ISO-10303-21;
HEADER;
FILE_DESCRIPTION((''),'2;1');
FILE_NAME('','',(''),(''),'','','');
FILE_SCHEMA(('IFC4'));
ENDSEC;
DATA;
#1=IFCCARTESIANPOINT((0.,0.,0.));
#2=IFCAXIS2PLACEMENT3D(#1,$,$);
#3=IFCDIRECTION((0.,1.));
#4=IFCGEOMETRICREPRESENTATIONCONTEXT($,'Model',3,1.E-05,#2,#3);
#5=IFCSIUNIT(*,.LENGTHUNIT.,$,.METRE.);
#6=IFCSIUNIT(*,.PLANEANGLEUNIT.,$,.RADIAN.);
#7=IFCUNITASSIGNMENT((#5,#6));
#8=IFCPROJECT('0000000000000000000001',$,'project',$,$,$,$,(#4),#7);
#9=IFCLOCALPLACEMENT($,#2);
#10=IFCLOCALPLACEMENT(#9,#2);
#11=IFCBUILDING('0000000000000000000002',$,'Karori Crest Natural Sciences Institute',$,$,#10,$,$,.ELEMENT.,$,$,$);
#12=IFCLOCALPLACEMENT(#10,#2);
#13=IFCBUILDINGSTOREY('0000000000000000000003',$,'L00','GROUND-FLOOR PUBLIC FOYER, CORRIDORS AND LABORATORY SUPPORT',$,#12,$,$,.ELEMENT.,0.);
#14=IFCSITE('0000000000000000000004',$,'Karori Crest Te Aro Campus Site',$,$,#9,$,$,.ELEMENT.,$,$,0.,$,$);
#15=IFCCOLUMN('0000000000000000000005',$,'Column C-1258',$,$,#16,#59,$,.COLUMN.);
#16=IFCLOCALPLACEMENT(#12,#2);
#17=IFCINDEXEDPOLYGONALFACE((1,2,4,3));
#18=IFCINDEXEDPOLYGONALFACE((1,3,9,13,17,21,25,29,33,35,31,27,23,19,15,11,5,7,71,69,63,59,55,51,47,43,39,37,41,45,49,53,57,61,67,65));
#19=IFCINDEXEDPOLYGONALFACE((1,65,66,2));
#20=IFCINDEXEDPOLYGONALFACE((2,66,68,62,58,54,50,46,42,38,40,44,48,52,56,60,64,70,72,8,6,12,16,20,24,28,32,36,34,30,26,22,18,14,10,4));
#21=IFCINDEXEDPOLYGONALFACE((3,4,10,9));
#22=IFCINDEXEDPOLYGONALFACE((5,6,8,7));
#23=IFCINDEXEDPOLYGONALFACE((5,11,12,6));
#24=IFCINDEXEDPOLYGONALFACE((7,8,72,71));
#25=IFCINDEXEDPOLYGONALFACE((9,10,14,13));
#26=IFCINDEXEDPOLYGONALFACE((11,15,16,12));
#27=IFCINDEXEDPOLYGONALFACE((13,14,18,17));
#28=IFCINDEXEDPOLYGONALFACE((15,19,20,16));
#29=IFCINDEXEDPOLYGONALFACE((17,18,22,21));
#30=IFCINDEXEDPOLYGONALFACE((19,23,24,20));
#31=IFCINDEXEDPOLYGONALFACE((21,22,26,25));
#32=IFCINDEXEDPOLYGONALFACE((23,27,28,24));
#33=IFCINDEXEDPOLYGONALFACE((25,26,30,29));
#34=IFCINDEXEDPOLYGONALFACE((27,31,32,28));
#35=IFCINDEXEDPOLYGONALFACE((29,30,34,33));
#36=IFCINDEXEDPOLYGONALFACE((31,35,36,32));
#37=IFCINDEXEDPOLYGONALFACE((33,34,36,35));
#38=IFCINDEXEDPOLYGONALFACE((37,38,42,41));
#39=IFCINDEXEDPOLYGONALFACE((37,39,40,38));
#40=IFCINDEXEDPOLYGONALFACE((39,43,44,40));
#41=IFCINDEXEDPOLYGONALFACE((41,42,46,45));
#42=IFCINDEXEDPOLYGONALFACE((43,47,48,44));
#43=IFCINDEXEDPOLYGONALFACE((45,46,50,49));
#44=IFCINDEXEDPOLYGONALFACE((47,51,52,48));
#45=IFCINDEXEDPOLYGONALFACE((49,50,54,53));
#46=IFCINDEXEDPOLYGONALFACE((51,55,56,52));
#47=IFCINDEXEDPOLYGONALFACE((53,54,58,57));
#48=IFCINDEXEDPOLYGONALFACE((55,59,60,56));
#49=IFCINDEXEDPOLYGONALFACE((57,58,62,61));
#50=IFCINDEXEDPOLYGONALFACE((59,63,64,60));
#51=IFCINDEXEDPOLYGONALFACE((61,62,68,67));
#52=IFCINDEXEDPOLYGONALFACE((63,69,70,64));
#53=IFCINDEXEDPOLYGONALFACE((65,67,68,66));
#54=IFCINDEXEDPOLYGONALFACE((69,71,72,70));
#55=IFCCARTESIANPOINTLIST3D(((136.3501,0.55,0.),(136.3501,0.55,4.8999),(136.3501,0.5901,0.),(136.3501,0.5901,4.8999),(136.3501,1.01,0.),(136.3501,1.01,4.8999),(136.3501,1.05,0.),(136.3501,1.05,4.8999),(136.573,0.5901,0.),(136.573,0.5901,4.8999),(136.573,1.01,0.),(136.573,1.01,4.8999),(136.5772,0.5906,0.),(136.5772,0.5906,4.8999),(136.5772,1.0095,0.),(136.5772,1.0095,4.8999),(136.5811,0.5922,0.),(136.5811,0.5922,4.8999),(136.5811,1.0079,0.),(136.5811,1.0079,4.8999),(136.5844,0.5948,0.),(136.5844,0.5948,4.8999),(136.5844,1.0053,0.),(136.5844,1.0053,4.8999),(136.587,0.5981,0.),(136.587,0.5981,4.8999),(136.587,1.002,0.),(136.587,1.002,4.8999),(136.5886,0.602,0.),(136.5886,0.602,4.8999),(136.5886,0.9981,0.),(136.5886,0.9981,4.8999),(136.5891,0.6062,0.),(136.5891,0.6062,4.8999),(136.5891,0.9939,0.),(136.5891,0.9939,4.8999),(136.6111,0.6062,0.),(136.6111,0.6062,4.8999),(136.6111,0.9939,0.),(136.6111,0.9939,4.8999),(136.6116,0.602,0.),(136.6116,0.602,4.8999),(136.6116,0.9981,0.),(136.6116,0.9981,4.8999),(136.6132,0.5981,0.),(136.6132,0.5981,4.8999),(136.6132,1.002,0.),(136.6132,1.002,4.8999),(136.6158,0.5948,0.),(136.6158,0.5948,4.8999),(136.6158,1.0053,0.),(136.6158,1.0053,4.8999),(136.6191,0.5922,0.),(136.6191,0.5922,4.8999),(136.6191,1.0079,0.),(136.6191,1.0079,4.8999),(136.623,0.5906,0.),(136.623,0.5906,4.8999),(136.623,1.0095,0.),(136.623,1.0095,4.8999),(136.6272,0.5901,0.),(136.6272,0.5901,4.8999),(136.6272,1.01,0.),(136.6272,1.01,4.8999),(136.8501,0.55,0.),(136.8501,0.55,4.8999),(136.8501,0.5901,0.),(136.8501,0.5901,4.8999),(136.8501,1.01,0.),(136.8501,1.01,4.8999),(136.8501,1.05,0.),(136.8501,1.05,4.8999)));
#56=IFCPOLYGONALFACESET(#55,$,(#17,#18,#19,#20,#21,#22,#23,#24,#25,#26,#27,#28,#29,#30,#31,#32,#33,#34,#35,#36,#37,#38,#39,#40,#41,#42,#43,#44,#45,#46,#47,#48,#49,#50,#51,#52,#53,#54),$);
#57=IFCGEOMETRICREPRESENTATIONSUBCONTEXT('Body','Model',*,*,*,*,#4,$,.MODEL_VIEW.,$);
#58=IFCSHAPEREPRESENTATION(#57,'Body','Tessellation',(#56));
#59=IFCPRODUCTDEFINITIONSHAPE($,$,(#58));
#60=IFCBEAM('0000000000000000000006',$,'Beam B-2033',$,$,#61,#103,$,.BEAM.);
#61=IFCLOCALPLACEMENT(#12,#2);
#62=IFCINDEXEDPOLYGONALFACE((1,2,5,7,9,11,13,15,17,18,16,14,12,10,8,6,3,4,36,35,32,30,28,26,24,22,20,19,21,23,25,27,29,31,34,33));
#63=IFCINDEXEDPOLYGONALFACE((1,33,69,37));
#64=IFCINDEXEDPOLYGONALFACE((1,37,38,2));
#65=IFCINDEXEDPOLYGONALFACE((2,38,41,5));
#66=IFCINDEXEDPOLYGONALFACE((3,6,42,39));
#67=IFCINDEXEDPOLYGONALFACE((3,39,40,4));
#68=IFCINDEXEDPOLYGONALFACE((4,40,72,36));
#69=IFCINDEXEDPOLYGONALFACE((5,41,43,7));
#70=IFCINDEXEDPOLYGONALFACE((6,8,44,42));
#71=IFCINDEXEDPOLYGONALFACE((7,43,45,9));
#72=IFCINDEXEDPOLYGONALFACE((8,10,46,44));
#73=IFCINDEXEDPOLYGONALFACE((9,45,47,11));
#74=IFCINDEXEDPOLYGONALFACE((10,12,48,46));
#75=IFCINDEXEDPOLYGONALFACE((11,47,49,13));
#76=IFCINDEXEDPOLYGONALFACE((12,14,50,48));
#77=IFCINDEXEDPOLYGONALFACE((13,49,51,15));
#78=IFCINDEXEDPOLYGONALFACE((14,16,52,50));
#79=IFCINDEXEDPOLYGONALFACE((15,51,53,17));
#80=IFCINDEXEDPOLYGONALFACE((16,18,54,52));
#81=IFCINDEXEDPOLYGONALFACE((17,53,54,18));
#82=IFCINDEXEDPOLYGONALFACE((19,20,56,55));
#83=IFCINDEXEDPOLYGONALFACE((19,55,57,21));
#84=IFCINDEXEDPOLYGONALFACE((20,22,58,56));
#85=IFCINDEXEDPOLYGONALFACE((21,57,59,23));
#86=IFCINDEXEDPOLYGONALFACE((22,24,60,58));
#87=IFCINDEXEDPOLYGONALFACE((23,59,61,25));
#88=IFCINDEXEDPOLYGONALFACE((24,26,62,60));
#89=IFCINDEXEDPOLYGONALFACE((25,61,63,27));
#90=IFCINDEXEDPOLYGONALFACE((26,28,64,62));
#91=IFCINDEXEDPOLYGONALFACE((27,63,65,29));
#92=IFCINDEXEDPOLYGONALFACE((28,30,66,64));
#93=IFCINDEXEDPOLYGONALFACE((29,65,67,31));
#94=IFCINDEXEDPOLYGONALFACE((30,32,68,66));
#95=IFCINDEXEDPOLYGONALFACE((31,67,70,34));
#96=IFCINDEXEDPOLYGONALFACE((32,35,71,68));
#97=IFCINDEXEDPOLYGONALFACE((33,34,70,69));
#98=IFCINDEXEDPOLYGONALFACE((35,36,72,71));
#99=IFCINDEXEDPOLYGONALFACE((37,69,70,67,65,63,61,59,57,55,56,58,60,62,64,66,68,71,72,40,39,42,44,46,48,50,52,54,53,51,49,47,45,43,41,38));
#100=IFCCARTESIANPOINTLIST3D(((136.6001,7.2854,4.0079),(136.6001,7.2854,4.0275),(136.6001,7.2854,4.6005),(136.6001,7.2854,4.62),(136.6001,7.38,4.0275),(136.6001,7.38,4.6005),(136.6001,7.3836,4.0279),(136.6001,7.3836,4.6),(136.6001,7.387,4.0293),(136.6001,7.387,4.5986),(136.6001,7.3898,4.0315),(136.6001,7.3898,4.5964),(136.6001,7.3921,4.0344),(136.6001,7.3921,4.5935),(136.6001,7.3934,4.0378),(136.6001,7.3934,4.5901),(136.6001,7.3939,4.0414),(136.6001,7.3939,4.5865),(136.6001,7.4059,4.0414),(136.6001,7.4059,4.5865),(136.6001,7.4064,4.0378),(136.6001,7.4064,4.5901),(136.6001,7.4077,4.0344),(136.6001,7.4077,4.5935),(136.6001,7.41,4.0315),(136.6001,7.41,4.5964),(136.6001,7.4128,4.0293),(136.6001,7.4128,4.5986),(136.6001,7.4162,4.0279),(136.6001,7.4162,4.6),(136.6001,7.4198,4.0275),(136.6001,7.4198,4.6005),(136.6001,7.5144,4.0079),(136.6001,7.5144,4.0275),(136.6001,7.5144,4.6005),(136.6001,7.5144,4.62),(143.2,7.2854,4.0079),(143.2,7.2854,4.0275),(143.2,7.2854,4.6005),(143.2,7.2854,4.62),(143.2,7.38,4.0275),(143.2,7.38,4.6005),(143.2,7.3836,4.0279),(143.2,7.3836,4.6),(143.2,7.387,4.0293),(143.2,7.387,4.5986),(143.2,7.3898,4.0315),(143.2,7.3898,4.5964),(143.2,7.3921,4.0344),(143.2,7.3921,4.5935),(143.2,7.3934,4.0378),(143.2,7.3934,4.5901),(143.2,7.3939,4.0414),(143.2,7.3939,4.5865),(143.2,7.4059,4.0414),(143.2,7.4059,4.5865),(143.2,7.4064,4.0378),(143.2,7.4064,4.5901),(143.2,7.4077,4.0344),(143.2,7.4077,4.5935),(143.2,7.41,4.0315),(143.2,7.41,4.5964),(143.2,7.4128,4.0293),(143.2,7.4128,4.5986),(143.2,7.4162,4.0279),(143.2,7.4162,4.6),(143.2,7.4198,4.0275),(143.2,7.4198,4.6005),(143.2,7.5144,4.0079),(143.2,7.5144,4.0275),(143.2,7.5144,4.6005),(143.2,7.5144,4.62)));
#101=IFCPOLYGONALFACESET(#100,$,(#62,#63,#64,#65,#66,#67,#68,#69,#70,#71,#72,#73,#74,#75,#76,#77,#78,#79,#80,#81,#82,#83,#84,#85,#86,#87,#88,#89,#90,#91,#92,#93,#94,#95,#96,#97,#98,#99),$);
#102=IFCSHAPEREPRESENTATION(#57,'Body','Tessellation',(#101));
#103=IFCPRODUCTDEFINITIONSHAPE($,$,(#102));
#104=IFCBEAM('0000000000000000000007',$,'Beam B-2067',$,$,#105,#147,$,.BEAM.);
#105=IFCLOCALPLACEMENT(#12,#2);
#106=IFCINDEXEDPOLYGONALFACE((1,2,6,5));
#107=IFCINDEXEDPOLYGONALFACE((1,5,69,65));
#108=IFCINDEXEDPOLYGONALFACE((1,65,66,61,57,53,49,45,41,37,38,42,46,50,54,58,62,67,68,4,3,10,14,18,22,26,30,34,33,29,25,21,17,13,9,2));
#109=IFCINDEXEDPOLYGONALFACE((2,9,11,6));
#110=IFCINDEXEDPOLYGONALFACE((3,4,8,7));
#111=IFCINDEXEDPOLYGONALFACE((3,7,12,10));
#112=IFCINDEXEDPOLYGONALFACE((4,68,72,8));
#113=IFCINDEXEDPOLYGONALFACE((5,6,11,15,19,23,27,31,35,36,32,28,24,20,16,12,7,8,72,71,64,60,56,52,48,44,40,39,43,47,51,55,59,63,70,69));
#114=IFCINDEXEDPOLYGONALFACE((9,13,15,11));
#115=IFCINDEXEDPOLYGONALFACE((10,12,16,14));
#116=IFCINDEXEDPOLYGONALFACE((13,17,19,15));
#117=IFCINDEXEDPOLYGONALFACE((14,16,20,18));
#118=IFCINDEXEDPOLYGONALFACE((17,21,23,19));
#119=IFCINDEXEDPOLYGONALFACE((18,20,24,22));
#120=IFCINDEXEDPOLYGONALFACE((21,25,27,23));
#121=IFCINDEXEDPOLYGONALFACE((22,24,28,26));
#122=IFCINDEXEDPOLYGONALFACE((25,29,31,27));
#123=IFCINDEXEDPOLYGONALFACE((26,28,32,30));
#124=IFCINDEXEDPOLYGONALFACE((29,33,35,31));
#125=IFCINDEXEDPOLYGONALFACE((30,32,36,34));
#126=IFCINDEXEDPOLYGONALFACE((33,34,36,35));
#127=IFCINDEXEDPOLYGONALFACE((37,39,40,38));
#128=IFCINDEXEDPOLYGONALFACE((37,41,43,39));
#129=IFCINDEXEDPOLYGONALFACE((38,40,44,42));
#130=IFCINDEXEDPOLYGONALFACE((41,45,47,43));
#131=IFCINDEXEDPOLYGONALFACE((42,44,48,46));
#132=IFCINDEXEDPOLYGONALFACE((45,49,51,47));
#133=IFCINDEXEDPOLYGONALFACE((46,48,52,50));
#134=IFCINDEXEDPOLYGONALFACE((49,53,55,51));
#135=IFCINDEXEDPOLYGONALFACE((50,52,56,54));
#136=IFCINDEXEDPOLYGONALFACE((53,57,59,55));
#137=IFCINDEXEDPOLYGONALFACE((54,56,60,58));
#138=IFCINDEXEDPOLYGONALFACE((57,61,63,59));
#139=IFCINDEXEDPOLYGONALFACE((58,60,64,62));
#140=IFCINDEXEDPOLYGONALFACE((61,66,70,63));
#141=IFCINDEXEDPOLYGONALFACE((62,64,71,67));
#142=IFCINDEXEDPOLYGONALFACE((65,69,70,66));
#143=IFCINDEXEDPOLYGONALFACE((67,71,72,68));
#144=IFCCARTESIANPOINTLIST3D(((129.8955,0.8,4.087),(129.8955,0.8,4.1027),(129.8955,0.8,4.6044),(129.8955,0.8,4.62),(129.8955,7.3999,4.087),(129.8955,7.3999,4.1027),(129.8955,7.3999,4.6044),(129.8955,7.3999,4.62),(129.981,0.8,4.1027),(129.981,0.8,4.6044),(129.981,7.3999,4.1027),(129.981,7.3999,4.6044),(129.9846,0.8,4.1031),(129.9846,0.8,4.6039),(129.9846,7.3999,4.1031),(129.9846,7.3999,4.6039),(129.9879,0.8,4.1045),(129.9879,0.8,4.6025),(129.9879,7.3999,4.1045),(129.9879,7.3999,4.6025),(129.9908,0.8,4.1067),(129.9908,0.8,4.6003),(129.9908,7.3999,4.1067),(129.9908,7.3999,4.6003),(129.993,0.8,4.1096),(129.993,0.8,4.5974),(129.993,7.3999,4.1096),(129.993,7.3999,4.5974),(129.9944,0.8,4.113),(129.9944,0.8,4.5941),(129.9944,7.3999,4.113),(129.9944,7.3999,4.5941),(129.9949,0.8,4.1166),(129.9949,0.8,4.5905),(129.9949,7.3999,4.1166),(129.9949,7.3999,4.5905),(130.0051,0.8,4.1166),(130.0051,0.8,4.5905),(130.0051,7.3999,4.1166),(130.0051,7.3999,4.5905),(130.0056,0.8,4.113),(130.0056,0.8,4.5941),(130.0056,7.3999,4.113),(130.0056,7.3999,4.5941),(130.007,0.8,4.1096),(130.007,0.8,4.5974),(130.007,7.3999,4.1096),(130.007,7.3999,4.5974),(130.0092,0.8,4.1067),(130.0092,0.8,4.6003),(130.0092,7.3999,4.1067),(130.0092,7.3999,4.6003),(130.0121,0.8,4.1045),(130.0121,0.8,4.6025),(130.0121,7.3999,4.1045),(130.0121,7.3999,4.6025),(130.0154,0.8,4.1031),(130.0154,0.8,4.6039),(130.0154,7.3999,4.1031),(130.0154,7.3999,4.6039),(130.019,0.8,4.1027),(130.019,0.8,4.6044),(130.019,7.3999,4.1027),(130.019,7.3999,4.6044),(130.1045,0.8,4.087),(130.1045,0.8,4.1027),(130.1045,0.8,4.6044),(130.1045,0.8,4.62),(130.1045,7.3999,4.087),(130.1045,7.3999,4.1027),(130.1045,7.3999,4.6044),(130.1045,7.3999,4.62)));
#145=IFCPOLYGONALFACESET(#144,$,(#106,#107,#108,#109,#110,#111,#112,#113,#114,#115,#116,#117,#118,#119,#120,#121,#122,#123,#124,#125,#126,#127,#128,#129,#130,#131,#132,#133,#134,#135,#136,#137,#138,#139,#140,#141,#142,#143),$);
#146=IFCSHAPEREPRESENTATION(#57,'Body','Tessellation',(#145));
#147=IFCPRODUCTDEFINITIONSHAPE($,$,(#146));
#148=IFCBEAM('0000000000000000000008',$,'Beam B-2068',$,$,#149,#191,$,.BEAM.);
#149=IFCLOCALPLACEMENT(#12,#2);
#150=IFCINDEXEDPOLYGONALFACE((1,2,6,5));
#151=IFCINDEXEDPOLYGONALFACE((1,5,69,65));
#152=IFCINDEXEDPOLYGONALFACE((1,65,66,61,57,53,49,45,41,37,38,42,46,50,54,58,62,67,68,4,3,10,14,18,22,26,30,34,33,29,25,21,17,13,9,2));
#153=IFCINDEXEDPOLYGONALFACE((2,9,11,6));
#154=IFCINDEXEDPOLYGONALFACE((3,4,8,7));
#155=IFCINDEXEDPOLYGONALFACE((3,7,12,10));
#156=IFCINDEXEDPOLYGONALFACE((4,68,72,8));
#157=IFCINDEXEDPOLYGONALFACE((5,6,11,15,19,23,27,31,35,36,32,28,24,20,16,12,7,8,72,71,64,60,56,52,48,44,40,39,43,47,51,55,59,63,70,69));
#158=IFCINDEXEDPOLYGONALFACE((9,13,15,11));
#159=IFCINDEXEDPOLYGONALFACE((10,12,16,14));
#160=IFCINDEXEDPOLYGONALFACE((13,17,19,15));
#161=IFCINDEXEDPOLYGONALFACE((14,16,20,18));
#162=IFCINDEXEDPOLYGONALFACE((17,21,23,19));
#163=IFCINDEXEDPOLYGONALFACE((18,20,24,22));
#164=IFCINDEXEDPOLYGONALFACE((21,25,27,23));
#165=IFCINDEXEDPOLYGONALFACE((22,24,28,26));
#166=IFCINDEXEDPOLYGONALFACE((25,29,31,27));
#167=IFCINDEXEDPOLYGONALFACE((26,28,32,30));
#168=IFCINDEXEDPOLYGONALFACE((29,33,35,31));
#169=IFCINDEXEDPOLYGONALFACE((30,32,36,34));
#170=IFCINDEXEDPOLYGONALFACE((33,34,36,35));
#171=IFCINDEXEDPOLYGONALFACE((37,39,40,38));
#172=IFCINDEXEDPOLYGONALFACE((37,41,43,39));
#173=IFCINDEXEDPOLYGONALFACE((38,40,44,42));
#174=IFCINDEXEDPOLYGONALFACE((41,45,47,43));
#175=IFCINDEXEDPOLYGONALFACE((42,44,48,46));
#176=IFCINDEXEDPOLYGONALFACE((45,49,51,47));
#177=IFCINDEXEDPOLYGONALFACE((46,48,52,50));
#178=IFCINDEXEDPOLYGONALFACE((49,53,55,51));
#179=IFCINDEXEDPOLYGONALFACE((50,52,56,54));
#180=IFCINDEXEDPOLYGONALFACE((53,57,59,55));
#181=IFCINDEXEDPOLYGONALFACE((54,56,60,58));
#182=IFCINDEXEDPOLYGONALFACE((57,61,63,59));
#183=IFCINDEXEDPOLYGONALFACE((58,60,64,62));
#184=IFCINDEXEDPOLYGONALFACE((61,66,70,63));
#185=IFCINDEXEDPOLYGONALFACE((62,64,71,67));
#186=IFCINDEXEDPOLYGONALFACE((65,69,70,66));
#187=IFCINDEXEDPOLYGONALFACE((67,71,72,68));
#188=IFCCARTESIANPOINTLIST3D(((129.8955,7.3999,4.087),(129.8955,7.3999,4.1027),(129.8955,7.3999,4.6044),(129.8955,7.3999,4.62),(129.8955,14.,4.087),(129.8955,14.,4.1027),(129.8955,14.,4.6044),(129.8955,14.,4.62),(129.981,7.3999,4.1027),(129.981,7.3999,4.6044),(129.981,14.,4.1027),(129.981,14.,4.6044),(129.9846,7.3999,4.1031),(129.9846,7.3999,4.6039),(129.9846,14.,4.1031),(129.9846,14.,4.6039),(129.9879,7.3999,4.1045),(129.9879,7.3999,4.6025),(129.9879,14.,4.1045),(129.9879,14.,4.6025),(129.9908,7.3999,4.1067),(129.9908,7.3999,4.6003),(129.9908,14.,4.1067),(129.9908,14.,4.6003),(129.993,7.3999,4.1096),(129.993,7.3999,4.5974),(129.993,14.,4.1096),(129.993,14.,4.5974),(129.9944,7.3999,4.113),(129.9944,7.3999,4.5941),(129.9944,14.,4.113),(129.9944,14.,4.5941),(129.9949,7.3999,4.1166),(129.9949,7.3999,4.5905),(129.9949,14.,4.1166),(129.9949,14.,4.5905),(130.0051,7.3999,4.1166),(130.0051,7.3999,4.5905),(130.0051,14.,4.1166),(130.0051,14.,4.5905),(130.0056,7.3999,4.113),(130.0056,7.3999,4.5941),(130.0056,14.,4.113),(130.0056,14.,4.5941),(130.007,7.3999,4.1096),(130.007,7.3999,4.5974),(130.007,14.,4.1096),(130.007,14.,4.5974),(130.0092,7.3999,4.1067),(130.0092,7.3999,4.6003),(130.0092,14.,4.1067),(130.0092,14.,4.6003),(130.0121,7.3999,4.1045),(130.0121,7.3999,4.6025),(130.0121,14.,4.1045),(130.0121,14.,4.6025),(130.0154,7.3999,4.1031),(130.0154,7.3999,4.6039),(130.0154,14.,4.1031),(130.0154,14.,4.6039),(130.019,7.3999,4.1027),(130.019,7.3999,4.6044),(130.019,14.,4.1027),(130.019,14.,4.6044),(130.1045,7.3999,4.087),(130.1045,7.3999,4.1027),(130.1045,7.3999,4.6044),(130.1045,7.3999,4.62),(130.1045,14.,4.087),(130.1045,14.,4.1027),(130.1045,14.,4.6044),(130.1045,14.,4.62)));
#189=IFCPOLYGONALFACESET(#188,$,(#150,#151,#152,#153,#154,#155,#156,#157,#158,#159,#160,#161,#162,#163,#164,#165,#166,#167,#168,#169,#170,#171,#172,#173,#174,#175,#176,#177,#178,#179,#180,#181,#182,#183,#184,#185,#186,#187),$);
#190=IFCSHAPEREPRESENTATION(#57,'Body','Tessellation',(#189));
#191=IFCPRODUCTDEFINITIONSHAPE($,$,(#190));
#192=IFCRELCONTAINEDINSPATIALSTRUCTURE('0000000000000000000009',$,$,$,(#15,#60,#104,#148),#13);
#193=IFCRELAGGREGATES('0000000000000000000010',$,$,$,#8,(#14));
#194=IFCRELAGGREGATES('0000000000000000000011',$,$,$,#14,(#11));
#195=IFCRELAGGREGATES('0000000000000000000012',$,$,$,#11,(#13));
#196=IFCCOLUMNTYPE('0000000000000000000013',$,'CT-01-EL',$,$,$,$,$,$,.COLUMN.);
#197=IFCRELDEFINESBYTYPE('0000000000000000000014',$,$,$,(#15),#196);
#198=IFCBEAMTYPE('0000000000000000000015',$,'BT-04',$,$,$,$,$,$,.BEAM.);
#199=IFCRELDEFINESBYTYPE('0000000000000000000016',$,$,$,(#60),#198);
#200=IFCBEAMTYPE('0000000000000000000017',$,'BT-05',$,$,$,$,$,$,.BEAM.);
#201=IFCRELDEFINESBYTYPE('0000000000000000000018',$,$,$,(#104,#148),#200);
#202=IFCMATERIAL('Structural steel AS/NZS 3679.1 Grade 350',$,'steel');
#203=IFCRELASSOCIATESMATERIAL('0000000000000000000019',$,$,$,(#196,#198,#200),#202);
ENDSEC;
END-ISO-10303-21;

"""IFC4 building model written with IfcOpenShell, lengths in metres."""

from ifc_helpers import new_model, si_unit, direction, frame, origin, origin_2d, place, context, subcontext, project, spatial, i_section, extrude, material, material_profile, profile_set, type_object, element, save


model = new_model("IFC4")

# Units and contexts
model_context = context("Model", 3, precision=1e-05, world=origin(), true_north=direction((0.0, 1.0)))
body_context = subcontext(model_context, "Body", "Model", "MODEL_VIEW")
ifc_project = project(units=[si_unit("LENGTHUNIT", "METRE"), si_unit("PLANEANGLEUNIT", "RADIAN")], contexts=[model_context])

# Site, building, storey
site_placement = place(None, origin())
site = spatial("IfcSite", under=ifc_project, at=site_placement, Name="Karori Crest Te Aro Campus Site", CompositionType="ELEMENT", RefElevation=0.0)
building_placement = place(site_placement, origin())
building = spatial("IfcBuilding", under=site, at=building_placement, Name="Karori Crest Natural Sciences Institute", CompositionType="ELEMENT")
storey_placement = place(building_placement, origin())
storey = spatial("IfcBuildingStorey", under=building, at=storey_placement, Name="L00", Description="GROUND-FLOOR PUBLIC FOYER, CORRIDORS AND LABORATORY SUPPORT", CompositionType="ELEMENT", Elevation=0.0)

# Column
ifc_material_1 = material(Name="Structural steel AS/NZS 3679.1 Grade 350", Category="steel")
ifc_material_profile_1 = material_profile(ifc_material_1, i_section(OverallWidth=0.5, OverallDepth=0.5, WebThickness=0.022, FlangeThickness=0.04, FilletRadius=0.0161, at=origin_2d()), Name="500WC440")
ifc_profile_set_1 = profile_set([ifc_material_profile_1], Name="Structural steel AS/NZS 3679.1 Grade 350")
column_type_1 = type_object("IfcColumnType", Name="CT-01-EL", PredefinedType="COLUMN", material=ifc_profile_set_1)
for number, where, z_axis, x_axis, name in (
    (1, (136.6001, 0.8, 0.0), (0.0, 0.0, 1.0), (1.0, 0.0, 0.0), "Column C-1258"),
):
    element("IfcColumn", number, at=place(storey_placement, frame(where, z_axis=z_axis, x_axis=x_axis)), inside=storey, type_object=column_type_1, Name=name, PredefinedType="COLUMN", context=body_context, shape_type="SweptSolid", body=[
        extrude(i_section(OverallWidth=0.5, OverallDepth=0.5, WebThickness=0.022, FlangeThickness=0.04, FilletRadius=0.0161, at=origin_2d()), origin(), (0.0, 0.0, 1.0), 4.8999),
    ])

# Beams
ifc_material_profile_2 = material_profile(ifc_material_1, i_section(OverallWidth=0.229, OverallDepth=0.6121, WebThickness=0.012, FlangeThickness=0.0195, FilletRadius=0.0139, at=origin_2d()), Name="610UB125")
ifc_profile_set_2 = profile_set([ifc_material_profile_2], Name="Structural steel AS/NZS 3679.1 Grade 350")
beam_type_1 = type_object("IfcBeamType", Name="BT-04", PredefinedType="BEAM", material=ifc_profile_set_2)
beam_1_placement = place(storey_placement, frame((136.6001, 7.3999, 4.314), z_axis=(1.0, 0.0, 0.0), x_axis=(0.0, 1.0, 0.0)))
element("IfcBeam", 2, at=beam_1_placement, inside=storey, type_object=beam_type_1, Name="Beam B-2033", PredefinedType="BEAM", context=body_context, shape_type="SweptSolid", body=[
    extrude(i_section(OverallWidth=0.229, OverallDepth=0.6121, WebThickness=0.012, FlangeThickness=0.0195, FilletRadius=0.0139, at=origin_2d()), origin(), (0.0, 0.0, 1.0), 6.5999),
])
ifc_material_profile_3 = material_profile(ifc_material_1, i_section(OverallWidth=0.209, OverallDepth=0.533, WebThickness=0.0103, FlangeThickness=0.0156, FilletRadius=0.0139, at=origin_2d()), Name="530UB92.4")
ifc_profile_set_3 = profile_set([ifc_material_profile_3], Name="Structural steel AS/NZS 3679.1 Grade 350")
beam_type_2 = type_object("IfcBeamType", Name="BT-05", PredefinedType="BEAM", material=ifc_profile_set_3)
beam_2_placement = place(storey_placement, frame((130.0, 0.8, 4.3535), z_axis=(0.0, 1.0, 0.0), x_axis=(-1.0, 0.0, 0.0)))
element("IfcBeam", 3, at=beam_2_placement, inside=storey, type_object=beam_type_2, Name="Beam B-2067", PredefinedType="BEAM", context=body_context, shape_type="SweptSolid", body=[
    extrude(i_section(OverallWidth=0.209, OverallDepth=0.533, WebThickness=0.0103, FlangeThickness=0.0156, FilletRadius=0.0139, at=origin_2d()), origin(), (0.0, 0.0, 1.0), 6.5999),
])
beam_3_placement = place(storey_placement, frame((130.0, 7.3999, 4.3535), z_axis=(0.0, 1.0, 0.0), x_axis=(-1.0, 0.0, 0.0)))
element("IfcBeam", 4, at=beam_3_placement, inside=storey, type_object=beam_type_2, Name="Beam B-2068", PredefinedType="BEAM", context=body_context, shape_type="SweptSolid", body=[
    extrude(i_section(OverallWidth=0.209, OverallDepth=0.533, WebThickness=0.0103, FlangeThickness=0.0156, FilletRadius=0.0139, at=origin_2d()), origin(), (0.0, 0.0, 1.0), 6.6001),
])

save(model, "model.ifc")
